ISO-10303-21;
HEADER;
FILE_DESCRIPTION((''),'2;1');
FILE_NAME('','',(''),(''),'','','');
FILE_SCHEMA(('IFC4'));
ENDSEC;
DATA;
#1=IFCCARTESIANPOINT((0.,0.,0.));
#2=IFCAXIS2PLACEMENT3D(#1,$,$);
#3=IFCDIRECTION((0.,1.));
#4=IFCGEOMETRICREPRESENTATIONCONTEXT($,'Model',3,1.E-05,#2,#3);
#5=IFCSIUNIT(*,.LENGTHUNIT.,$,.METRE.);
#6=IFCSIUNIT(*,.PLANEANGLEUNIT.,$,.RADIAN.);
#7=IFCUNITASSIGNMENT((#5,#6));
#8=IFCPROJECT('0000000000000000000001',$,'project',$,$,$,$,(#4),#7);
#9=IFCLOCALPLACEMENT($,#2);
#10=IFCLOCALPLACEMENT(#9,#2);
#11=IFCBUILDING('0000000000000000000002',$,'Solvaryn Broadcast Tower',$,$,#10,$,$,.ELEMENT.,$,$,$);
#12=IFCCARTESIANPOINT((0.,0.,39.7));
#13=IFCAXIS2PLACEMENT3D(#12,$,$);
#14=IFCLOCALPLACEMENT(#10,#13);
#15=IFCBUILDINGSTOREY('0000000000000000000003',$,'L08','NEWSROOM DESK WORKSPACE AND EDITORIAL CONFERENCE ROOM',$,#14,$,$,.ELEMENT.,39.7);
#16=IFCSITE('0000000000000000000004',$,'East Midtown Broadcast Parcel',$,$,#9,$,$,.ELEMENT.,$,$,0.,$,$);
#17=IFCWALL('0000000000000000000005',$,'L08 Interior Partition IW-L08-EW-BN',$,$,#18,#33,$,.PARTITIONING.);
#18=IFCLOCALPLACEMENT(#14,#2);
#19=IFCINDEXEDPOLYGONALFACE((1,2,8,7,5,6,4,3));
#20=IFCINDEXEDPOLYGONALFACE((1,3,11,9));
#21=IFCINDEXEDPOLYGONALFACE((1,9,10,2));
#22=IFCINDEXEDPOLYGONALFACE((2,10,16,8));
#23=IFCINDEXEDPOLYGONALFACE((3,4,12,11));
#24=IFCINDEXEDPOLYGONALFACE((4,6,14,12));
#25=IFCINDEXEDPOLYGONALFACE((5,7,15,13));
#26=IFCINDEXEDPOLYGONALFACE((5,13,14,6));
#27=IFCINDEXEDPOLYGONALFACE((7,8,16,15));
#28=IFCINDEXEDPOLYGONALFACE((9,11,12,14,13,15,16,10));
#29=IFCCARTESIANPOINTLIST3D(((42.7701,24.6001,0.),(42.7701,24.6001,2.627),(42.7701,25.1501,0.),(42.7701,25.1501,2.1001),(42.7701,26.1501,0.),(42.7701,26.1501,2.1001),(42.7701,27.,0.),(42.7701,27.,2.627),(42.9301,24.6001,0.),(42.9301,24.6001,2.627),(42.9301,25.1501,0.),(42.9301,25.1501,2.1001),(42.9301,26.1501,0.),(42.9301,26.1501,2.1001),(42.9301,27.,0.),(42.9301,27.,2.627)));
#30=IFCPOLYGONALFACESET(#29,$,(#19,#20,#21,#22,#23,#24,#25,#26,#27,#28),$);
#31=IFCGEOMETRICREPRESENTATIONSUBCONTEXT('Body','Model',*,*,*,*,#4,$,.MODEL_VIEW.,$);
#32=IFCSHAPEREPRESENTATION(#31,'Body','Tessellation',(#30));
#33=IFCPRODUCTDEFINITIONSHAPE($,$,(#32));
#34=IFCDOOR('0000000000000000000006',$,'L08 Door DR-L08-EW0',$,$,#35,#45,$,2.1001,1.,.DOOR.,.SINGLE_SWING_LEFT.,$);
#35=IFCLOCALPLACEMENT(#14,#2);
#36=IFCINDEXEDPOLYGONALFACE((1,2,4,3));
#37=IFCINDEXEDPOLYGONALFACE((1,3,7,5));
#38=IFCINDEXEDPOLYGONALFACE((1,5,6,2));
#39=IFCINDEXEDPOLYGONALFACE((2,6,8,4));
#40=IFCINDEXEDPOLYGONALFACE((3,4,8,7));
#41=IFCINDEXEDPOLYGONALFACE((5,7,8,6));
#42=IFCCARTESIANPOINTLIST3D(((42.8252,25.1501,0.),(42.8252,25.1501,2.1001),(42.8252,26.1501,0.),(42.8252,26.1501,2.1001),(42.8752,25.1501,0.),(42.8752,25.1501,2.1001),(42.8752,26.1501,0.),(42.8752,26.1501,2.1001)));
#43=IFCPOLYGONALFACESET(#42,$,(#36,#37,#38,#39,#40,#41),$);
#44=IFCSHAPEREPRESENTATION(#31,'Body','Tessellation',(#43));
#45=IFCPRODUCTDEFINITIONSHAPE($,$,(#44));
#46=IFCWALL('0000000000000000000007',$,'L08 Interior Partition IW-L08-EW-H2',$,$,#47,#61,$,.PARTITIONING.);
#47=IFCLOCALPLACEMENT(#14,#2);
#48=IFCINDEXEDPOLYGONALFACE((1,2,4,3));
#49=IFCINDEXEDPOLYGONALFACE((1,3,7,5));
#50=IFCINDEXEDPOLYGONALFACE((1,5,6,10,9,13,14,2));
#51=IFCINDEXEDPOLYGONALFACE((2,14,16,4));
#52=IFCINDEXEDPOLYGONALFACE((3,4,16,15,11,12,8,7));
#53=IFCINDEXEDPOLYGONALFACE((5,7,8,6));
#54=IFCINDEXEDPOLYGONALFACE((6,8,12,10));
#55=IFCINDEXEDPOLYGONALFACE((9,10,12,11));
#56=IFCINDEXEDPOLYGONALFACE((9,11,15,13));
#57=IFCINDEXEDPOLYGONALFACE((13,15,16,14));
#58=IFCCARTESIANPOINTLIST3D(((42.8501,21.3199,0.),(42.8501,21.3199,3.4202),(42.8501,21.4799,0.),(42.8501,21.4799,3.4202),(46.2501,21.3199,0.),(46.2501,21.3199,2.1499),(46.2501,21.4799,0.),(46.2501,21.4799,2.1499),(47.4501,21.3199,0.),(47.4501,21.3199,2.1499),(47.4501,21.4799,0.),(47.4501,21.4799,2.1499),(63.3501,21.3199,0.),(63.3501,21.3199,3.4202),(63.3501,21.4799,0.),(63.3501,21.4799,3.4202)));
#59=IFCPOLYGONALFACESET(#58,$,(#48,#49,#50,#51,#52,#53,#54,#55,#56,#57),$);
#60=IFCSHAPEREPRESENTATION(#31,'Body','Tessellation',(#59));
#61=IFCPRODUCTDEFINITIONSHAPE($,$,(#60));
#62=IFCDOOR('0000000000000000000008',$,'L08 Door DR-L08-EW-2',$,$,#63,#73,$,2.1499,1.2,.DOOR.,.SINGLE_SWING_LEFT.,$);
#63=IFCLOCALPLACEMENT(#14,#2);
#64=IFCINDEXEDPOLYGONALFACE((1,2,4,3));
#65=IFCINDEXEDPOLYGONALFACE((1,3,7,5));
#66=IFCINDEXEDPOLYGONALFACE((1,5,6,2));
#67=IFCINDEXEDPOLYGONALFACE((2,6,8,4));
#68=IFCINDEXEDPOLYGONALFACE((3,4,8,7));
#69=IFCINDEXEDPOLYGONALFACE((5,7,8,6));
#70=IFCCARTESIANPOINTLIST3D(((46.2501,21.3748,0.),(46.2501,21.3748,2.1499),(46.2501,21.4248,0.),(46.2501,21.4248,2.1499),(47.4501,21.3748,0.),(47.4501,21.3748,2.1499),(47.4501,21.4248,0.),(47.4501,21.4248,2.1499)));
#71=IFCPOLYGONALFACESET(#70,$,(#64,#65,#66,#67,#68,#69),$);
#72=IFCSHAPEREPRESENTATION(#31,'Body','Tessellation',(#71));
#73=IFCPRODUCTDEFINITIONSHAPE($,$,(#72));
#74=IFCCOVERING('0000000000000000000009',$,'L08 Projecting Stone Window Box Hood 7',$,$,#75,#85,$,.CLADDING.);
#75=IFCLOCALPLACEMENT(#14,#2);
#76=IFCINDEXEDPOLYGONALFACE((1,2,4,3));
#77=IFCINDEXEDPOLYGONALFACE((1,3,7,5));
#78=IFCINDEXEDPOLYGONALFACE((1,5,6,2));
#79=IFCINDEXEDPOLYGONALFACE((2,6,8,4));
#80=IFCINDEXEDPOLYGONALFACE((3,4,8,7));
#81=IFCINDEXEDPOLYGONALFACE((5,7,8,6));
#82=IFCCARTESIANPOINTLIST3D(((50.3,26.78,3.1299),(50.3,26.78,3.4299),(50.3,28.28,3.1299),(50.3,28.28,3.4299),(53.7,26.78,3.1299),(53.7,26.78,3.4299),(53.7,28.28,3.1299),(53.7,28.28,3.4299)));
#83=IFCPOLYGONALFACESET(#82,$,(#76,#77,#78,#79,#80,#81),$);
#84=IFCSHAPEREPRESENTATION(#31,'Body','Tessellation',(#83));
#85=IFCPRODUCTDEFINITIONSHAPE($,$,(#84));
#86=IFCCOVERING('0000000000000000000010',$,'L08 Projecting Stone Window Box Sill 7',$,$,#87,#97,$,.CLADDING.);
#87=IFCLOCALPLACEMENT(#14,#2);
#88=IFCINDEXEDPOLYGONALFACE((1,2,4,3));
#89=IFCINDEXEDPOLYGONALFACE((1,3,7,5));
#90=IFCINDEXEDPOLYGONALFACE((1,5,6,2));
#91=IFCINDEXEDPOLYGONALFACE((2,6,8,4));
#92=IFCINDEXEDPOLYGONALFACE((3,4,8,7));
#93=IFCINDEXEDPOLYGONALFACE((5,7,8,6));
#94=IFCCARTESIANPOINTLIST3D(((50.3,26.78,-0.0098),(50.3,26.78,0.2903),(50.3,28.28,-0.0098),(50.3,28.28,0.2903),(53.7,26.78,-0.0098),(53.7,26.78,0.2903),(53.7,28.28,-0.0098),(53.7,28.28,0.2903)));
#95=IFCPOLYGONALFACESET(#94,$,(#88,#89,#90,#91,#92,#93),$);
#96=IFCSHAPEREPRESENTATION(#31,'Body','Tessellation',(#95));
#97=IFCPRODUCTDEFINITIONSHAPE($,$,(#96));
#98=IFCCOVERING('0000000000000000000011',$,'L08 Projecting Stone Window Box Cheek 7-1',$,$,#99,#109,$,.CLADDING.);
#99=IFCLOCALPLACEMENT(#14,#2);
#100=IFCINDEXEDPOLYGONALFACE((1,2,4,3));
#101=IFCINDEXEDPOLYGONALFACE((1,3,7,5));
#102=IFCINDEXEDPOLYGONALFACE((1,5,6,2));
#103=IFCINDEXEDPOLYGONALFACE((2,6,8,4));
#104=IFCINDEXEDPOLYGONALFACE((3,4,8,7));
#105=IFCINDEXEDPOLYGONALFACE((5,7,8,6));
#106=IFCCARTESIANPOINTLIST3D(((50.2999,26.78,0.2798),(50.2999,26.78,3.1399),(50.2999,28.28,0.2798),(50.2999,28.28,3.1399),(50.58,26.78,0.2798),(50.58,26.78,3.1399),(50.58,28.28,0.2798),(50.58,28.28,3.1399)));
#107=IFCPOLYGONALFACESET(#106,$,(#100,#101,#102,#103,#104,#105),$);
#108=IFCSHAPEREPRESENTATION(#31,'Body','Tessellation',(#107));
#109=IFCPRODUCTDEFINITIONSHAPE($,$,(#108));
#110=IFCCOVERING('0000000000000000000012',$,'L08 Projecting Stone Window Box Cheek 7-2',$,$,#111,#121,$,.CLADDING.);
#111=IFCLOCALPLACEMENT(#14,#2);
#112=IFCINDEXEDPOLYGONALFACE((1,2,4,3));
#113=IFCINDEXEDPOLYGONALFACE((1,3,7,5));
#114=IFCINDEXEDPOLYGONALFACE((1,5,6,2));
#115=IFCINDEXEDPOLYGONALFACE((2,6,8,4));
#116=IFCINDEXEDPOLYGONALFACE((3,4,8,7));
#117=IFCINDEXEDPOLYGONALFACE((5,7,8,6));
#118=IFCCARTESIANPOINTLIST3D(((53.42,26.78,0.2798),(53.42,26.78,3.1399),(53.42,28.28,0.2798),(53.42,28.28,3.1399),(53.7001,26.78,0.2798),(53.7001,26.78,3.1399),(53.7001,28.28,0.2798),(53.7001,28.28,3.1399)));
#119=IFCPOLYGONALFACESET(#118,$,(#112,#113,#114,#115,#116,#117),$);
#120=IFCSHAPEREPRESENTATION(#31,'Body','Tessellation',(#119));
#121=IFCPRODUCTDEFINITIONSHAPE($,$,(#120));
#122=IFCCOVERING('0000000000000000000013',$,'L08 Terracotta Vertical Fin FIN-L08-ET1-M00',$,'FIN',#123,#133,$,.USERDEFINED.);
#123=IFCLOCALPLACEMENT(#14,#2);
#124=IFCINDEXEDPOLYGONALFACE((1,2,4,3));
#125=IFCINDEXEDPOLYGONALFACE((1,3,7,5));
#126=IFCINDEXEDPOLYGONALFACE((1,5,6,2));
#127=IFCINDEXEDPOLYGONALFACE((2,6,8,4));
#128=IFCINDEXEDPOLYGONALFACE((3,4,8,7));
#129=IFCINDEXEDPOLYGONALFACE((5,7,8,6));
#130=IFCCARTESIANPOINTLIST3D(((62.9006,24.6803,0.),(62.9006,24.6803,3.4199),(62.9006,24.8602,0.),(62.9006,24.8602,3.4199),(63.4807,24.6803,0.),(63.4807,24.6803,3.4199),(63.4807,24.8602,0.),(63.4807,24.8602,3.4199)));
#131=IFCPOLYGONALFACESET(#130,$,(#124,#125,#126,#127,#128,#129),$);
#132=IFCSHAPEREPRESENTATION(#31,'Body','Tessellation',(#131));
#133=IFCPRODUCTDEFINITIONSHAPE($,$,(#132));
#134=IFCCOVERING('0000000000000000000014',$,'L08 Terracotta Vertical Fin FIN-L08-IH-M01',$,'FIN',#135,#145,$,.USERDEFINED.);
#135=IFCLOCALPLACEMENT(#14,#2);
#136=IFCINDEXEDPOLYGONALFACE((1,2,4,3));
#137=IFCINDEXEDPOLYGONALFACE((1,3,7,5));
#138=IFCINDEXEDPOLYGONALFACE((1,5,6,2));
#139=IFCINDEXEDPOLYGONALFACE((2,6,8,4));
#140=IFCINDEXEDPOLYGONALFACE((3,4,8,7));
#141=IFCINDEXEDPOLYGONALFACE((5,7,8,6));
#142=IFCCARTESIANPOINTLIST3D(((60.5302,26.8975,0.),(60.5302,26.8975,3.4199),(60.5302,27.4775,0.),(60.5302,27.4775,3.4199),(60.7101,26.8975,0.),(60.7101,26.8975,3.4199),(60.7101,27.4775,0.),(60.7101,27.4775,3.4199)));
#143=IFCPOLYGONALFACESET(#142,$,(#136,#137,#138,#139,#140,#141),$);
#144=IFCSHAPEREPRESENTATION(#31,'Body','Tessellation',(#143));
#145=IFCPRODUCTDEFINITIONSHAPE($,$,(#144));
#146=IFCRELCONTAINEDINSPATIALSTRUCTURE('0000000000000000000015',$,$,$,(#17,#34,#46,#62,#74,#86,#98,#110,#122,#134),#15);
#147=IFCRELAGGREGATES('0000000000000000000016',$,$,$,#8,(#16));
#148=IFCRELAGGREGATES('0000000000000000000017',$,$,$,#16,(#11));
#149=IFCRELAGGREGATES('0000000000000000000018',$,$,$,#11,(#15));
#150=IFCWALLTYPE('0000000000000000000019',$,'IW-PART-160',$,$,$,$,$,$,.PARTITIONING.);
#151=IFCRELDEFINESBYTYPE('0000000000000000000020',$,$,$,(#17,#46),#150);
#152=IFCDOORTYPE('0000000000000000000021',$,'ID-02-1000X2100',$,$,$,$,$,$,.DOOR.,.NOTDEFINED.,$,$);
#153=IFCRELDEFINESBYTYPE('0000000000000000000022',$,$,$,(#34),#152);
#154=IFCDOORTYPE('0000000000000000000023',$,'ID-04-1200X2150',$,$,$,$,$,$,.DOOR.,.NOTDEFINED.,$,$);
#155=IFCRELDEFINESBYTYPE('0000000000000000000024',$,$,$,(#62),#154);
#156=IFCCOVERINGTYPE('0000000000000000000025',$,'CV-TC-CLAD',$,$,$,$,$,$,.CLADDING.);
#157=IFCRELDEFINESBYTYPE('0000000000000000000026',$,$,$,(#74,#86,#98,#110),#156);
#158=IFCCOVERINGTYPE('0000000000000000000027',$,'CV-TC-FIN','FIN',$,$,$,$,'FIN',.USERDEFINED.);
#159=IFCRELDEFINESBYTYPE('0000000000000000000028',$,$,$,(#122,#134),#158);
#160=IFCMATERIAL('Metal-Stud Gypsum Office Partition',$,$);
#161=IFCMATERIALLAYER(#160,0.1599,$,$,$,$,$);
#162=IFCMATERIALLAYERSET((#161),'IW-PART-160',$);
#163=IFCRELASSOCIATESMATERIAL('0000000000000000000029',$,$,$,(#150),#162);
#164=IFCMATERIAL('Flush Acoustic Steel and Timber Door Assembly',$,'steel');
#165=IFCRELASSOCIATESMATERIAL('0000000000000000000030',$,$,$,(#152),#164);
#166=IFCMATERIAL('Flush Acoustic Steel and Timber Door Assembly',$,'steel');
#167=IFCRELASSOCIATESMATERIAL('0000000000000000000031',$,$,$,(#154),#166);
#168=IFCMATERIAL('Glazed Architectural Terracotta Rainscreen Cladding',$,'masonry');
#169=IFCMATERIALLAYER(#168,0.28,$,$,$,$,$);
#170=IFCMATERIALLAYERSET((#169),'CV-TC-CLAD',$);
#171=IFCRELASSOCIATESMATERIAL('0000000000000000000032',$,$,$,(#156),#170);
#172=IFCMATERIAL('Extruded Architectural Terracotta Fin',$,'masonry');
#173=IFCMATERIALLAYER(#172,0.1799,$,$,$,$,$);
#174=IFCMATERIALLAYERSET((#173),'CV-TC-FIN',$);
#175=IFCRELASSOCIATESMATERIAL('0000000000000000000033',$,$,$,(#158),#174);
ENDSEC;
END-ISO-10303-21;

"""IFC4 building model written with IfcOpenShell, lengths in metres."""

from ifc_helpers import new_model, si_unit, direction, frame, frame_2d, origin, origin_2d, place, context, subcontext, project, spatial, rectangle, extrude, material, layer, layer_set, type_object, element, fill, save


model = new_model("IFC4")

# Units and contexts
model_context = context("Model", 3, precision=1e-05, world=origin(), true_north=direction((0.0, 1.0)))
body_context = subcontext(model_context, "Body", "Model", "MODEL_VIEW")
ifc_project = project(units=[si_unit("LENGTHUNIT", "METRE"), si_unit("PLANEANGLEUNIT", "RADIAN")], contexts=[model_context])

# Site, building, storey
site_placement = place(None, origin())
site = spatial("IfcSite", under=ifc_project, at=site_placement, Name="East Midtown Broadcast Parcel", CompositionType="ELEMENT", RefElevation=0.0)
building_placement = place(site_placement, origin())
building = spatial("IfcBuilding", under=site, at=building_placement, Name="Solvaryn Broadcast Tower", CompositionType="ELEMENT")
storey_placement = place(building_placement, frame((0.0, 0.0, 39.7)))
storey = spatial("IfcBuildingStorey", under=building, at=storey_placement, Name="L08", Description="NEWSROOM DESK WORKSPACE AND EDITORIAL CONFERENCE ROOM", CompositionType="ELEMENT", Elevation=39.7)

# Walls, openings, doors
ifc_material_1 = material(Name="Metal-Stud Gypsum Office Partition")
ifc_layer_1 = layer(ifc_material_1, 0.1599)
ifc_layer_set_1 = layer_set([ifc_layer_1], Name="IW-PART-160")
wall_type_1 = type_object("IfcWallType", Name="IW-PART-160", PredefinedType="PARTITIONING", material=ifc_layer_set_1)
wall_1_placement = place(storey_placement, frame((42.8501, 24.6001, 0.0), z_axis=(0.0, 0.0, 1.0), x_axis=(0.0, 1.0, 0.0)))
wall_1 = element("IfcWall", 1, at=wall_1_placement, inside=storey, type_object=wall_type_1, Name="L08 Interior Partition IW-L08-EW-BN", PredefinedType="PARTITIONING", context=body_context, shape_type="SweptSolid", body=[
    extrude(rectangle(XDim=2.3999, YDim=0.1599, at=frame_2d((1.2, 0.0))), origin(), (0.0, 0.0, 1.0), 2.627),
])
opening_1_placement = place(wall_1_placement, frame((0.55, 0.0, 0.0)))
opening_1 = element("IfcOpeningElement", 2, at=opening_1_placement, cuts=wall_1, PredefinedType="OPENING", context=body_context, shape_type="SweptSolid", body=[
    extrude(rectangle(XDim=1.0, YDim=2.1001, at=frame_2d((0.5, 1.05))), frame((0.0, 0.0901, 0.0), z_axis=(0.0, -1.0, 0.0), x_axis=(1.0, 0.0, 0.0)), (0.0, 0.0, 1.0), 0.1799),
])
ifc_material_2 = material(Name="Flush Acoustic Steel and Timber Door Assembly", Category="steel")
door_type_1 = type_object("IfcDoorType", Name="ID-02-1000X2100", OperationType="NOTDEFINED", PredefinedType="DOOR", material=ifc_material_2)
door_1_placement = place(opening_1_placement, origin())
door_1 = element("IfcDoor", 3, at=door_1_placement, inside=storey, type_object=door_type_1, Name="L08 Door DR-L08-EW0", OperationType="SINGLE_SWING_LEFT", OverallHeight=2.1001, OverallWidth=1.0, PredefinedType="DOOR", context=body_context, shape_type="SweptSolid", body=[
    extrude(rectangle(XDim=1.0, YDim=2.1001, at=frame_2d((0.5, 1.05))), frame((0.0, 0.0249, 0.0), z_axis=(0.0, -1.0, 0.0), x_axis=(1.0, 0.0, 0.0)), (0.0, 0.0, 1.0), 0.05),
])
fill(opening_1, door_1)
wall_2_placement = place(storey_placement, frame((42.8501, 21.3999, 0.0), z_axis=(0.0, 0.0, 1.0), x_axis=(1.0, 0.0, 0.0)))
wall_2 = element("IfcWall", 4, at=wall_2_placement, inside=storey, type_object=wall_type_1, Name="L08 Interior Partition IW-L08-EW-H2", PredefinedType="PARTITIONING", context=body_context, shape_type="SweptSolid", body=[
    extrude(rectangle(XDim=20.5, YDim=0.1599, at=frame_2d((10.25, 0.0))), origin(), (0.0, 0.0, 1.0), 3.4202),
])
opening_2_placement = place(wall_2_placement, frame((3.3999, 0.0, 0.0)))
opening_2 = element("IfcOpeningElement", 5, at=opening_2_placement, cuts=wall_2, PredefinedType="OPENING", context=body_context, shape_type="SweptSolid", body=[
    extrude(rectangle(XDim=1.2, YDim=2.1499, at=frame_2d((0.6001, 1.075))), frame((0.0, 0.0901, 0.0), z_axis=(0.0, -1.0, 0.0), x_axis=(1.0, 0.0, 0.0)), (0.0, 0.0, 1.0), 0.1799),
])
ifc_material_3 = material(Name="Flush Acoustic Steel and Timber Door Assembly", Category="steel")
door_type_2 = type_object("IfcDoorType", Name="ID-04-1200X2150", OperationType="NOTDEFINED", PredefinedType="DOOR", material=ifc_material_3)
door_2_placement = place(opening_2_placement, origin())
door_2 = element("IfcDoor", 6, at=door_2_placement, inside=storey, type_object=door_type_2, Name="L08 Door DR-L08-EW-2", OperationType="SINGLE_SWING_LEFT", OverallHeight=2.1499, OverallWidth=1.2, PredefinedType="DOOR", context=body_context, shape_type="SweptSolid", body=[
    extrude(rectangle(XDim=1.2, YDim=2.1499, at=frame_2d((0.6001, 1.075))), frame((0.0, 0.0249, 0.0), z_axis=(0.0, -1.0, 0.0), x_axis=(1.0, 0.0, 0.0)), (0.0, 0.0, 1.0), 0.05),
])
fill(opening_2, door_2)

# Coverings
ifc_material_4 = material(Name="Glazed Architectural Terracotta Rainscreen Cladding", Category="masonry")
ifc_layer_2 = layer(ifc_material_4, 0.28)
ifc_layer_set_2 = layer_set([ifc_layer_2], Name="CV-TC-CLAD")
covering_type_1 = type_object("IfcCoveringType", Name="CV-TC-CLAD", PredefinedType="CLADDING", material=ifc_layer_set_2)
for number, where, z_axis, x_axis, name in (
    (7, (52.0, 27.53, 3.1299), (0.0, 0.0, 1.0), (1.0, 0.0, 0.0), "L08 Projecting Stone Window Box Hood 7"),
    (8, (52.0, 27.53, -0.0098), (0.0, 0.0, 1.0), (1.0, 0.0, 0.0), "L08 Projecting Stone Window Box Sill 7"),
):
    element("IfcCovering", number, at=place(storey_placement, frame(where, z_axis=z_axis, x_axis=x_axis)), inside=storey, type_object=covering_type_1, Name=name, PredefinedType="CLADDING", context=body_context, shape_type="SweptSolid", body=[
        extrude(rectangle(XDim=3.3999, YDim=1.5, at=origin_2d()), origin(), (0.0, 0.0, 1.0), 0.3),
    ])
for number, where, z_axis, x_axis, name in (
    (9, (50.4399, 27.53, 0.2798), (0.0, 0.0, 1.0), (1.0, 0.0, 0.0), "L08 Projecting Stone Window Box Cheek 7-1"),
    (10, (53.5601, 27.53, 0.2798), (0.0, 0.0, 1.0), (1.0, 0.0, 0.0), "L08 Projecting Stone Window Box Cheek 7-2"),
):
    element("IfcCovering", number, at=place(storey_placement, frame(where, z_axis=z_axis, x_axis=x_axis)), inside=storey, type_object=covering_type_1, Name=name, PredefinedType="CLADDING", context=body_context, shape_type="SweptSolid", body=[
        extrude(rectangle(XDim=0.28, YDim=1.5, at=origin_2d()), origin(), (0.0, 0.0, 1.0), 2.8601),
    ])
ifc_material_5 = material(Name="Extruded Architectural Terracotta Fin", Category="masonry")
ifc_layer_3 = layer(ifc_material_5, 0.1799)
ifc_layer_set_3 = layer_set([ifc_layer_3], Name="CV-TC-FIN")
covering_type_2 = type_object("IfcCoveringType", Name="CV-TC-FIN", Description="FIN", ElementType="FIN", PredefinedType="USERDEFINED", material=ifc_layer_set_3)
covering_1_placement = place(storey_placement, frame((63.1907, 24.7703, 0.0), z_axis=(0.0, 0.0, 1.0), x_axis=(1.0, 0.0, 0.0)))
element("IfcCovering", 11, at=covering_1_placement, inside=storey, type_object=covering_type_2, Name="L08 Terracotta Vertical Fin FIN-L08-ET1-M00", ObjectType="FIN", PredefinedType="USERDEFINED", context=body_context, shape_type="SweptSolid", body=[
    extrude(rectangle(XDim=0.5801, YDim=0.1799, at=origin_2d()), origin(), (0.0, 0.0, 1.0), 3.4199),
])
covering_2_placement = place(storey_placement, frame((60.6201, 27.1875, 0.0), z_axis=(0.0, 0.0, 1.0), x_axis=(1.0, 0.0, 0.0)))
element("IfcCovering", 12, at=covering_2_placement, inside=storey, type_object=covering_type_2, Name="L08 Terracotta Vertical Fin FIN-L08-IH-M01", ObjectType="FIN", PredefinedType="USERDEFINED", context=body_context, shape_type="SweptSolid", body=[
    extrude(rectangle(XDim=0.1799, YDim=0.5801, at=origin_2d()), origin(), (0.0, 0.0, 1.0), 3.4199),
])

save(model, "model.ifc")
